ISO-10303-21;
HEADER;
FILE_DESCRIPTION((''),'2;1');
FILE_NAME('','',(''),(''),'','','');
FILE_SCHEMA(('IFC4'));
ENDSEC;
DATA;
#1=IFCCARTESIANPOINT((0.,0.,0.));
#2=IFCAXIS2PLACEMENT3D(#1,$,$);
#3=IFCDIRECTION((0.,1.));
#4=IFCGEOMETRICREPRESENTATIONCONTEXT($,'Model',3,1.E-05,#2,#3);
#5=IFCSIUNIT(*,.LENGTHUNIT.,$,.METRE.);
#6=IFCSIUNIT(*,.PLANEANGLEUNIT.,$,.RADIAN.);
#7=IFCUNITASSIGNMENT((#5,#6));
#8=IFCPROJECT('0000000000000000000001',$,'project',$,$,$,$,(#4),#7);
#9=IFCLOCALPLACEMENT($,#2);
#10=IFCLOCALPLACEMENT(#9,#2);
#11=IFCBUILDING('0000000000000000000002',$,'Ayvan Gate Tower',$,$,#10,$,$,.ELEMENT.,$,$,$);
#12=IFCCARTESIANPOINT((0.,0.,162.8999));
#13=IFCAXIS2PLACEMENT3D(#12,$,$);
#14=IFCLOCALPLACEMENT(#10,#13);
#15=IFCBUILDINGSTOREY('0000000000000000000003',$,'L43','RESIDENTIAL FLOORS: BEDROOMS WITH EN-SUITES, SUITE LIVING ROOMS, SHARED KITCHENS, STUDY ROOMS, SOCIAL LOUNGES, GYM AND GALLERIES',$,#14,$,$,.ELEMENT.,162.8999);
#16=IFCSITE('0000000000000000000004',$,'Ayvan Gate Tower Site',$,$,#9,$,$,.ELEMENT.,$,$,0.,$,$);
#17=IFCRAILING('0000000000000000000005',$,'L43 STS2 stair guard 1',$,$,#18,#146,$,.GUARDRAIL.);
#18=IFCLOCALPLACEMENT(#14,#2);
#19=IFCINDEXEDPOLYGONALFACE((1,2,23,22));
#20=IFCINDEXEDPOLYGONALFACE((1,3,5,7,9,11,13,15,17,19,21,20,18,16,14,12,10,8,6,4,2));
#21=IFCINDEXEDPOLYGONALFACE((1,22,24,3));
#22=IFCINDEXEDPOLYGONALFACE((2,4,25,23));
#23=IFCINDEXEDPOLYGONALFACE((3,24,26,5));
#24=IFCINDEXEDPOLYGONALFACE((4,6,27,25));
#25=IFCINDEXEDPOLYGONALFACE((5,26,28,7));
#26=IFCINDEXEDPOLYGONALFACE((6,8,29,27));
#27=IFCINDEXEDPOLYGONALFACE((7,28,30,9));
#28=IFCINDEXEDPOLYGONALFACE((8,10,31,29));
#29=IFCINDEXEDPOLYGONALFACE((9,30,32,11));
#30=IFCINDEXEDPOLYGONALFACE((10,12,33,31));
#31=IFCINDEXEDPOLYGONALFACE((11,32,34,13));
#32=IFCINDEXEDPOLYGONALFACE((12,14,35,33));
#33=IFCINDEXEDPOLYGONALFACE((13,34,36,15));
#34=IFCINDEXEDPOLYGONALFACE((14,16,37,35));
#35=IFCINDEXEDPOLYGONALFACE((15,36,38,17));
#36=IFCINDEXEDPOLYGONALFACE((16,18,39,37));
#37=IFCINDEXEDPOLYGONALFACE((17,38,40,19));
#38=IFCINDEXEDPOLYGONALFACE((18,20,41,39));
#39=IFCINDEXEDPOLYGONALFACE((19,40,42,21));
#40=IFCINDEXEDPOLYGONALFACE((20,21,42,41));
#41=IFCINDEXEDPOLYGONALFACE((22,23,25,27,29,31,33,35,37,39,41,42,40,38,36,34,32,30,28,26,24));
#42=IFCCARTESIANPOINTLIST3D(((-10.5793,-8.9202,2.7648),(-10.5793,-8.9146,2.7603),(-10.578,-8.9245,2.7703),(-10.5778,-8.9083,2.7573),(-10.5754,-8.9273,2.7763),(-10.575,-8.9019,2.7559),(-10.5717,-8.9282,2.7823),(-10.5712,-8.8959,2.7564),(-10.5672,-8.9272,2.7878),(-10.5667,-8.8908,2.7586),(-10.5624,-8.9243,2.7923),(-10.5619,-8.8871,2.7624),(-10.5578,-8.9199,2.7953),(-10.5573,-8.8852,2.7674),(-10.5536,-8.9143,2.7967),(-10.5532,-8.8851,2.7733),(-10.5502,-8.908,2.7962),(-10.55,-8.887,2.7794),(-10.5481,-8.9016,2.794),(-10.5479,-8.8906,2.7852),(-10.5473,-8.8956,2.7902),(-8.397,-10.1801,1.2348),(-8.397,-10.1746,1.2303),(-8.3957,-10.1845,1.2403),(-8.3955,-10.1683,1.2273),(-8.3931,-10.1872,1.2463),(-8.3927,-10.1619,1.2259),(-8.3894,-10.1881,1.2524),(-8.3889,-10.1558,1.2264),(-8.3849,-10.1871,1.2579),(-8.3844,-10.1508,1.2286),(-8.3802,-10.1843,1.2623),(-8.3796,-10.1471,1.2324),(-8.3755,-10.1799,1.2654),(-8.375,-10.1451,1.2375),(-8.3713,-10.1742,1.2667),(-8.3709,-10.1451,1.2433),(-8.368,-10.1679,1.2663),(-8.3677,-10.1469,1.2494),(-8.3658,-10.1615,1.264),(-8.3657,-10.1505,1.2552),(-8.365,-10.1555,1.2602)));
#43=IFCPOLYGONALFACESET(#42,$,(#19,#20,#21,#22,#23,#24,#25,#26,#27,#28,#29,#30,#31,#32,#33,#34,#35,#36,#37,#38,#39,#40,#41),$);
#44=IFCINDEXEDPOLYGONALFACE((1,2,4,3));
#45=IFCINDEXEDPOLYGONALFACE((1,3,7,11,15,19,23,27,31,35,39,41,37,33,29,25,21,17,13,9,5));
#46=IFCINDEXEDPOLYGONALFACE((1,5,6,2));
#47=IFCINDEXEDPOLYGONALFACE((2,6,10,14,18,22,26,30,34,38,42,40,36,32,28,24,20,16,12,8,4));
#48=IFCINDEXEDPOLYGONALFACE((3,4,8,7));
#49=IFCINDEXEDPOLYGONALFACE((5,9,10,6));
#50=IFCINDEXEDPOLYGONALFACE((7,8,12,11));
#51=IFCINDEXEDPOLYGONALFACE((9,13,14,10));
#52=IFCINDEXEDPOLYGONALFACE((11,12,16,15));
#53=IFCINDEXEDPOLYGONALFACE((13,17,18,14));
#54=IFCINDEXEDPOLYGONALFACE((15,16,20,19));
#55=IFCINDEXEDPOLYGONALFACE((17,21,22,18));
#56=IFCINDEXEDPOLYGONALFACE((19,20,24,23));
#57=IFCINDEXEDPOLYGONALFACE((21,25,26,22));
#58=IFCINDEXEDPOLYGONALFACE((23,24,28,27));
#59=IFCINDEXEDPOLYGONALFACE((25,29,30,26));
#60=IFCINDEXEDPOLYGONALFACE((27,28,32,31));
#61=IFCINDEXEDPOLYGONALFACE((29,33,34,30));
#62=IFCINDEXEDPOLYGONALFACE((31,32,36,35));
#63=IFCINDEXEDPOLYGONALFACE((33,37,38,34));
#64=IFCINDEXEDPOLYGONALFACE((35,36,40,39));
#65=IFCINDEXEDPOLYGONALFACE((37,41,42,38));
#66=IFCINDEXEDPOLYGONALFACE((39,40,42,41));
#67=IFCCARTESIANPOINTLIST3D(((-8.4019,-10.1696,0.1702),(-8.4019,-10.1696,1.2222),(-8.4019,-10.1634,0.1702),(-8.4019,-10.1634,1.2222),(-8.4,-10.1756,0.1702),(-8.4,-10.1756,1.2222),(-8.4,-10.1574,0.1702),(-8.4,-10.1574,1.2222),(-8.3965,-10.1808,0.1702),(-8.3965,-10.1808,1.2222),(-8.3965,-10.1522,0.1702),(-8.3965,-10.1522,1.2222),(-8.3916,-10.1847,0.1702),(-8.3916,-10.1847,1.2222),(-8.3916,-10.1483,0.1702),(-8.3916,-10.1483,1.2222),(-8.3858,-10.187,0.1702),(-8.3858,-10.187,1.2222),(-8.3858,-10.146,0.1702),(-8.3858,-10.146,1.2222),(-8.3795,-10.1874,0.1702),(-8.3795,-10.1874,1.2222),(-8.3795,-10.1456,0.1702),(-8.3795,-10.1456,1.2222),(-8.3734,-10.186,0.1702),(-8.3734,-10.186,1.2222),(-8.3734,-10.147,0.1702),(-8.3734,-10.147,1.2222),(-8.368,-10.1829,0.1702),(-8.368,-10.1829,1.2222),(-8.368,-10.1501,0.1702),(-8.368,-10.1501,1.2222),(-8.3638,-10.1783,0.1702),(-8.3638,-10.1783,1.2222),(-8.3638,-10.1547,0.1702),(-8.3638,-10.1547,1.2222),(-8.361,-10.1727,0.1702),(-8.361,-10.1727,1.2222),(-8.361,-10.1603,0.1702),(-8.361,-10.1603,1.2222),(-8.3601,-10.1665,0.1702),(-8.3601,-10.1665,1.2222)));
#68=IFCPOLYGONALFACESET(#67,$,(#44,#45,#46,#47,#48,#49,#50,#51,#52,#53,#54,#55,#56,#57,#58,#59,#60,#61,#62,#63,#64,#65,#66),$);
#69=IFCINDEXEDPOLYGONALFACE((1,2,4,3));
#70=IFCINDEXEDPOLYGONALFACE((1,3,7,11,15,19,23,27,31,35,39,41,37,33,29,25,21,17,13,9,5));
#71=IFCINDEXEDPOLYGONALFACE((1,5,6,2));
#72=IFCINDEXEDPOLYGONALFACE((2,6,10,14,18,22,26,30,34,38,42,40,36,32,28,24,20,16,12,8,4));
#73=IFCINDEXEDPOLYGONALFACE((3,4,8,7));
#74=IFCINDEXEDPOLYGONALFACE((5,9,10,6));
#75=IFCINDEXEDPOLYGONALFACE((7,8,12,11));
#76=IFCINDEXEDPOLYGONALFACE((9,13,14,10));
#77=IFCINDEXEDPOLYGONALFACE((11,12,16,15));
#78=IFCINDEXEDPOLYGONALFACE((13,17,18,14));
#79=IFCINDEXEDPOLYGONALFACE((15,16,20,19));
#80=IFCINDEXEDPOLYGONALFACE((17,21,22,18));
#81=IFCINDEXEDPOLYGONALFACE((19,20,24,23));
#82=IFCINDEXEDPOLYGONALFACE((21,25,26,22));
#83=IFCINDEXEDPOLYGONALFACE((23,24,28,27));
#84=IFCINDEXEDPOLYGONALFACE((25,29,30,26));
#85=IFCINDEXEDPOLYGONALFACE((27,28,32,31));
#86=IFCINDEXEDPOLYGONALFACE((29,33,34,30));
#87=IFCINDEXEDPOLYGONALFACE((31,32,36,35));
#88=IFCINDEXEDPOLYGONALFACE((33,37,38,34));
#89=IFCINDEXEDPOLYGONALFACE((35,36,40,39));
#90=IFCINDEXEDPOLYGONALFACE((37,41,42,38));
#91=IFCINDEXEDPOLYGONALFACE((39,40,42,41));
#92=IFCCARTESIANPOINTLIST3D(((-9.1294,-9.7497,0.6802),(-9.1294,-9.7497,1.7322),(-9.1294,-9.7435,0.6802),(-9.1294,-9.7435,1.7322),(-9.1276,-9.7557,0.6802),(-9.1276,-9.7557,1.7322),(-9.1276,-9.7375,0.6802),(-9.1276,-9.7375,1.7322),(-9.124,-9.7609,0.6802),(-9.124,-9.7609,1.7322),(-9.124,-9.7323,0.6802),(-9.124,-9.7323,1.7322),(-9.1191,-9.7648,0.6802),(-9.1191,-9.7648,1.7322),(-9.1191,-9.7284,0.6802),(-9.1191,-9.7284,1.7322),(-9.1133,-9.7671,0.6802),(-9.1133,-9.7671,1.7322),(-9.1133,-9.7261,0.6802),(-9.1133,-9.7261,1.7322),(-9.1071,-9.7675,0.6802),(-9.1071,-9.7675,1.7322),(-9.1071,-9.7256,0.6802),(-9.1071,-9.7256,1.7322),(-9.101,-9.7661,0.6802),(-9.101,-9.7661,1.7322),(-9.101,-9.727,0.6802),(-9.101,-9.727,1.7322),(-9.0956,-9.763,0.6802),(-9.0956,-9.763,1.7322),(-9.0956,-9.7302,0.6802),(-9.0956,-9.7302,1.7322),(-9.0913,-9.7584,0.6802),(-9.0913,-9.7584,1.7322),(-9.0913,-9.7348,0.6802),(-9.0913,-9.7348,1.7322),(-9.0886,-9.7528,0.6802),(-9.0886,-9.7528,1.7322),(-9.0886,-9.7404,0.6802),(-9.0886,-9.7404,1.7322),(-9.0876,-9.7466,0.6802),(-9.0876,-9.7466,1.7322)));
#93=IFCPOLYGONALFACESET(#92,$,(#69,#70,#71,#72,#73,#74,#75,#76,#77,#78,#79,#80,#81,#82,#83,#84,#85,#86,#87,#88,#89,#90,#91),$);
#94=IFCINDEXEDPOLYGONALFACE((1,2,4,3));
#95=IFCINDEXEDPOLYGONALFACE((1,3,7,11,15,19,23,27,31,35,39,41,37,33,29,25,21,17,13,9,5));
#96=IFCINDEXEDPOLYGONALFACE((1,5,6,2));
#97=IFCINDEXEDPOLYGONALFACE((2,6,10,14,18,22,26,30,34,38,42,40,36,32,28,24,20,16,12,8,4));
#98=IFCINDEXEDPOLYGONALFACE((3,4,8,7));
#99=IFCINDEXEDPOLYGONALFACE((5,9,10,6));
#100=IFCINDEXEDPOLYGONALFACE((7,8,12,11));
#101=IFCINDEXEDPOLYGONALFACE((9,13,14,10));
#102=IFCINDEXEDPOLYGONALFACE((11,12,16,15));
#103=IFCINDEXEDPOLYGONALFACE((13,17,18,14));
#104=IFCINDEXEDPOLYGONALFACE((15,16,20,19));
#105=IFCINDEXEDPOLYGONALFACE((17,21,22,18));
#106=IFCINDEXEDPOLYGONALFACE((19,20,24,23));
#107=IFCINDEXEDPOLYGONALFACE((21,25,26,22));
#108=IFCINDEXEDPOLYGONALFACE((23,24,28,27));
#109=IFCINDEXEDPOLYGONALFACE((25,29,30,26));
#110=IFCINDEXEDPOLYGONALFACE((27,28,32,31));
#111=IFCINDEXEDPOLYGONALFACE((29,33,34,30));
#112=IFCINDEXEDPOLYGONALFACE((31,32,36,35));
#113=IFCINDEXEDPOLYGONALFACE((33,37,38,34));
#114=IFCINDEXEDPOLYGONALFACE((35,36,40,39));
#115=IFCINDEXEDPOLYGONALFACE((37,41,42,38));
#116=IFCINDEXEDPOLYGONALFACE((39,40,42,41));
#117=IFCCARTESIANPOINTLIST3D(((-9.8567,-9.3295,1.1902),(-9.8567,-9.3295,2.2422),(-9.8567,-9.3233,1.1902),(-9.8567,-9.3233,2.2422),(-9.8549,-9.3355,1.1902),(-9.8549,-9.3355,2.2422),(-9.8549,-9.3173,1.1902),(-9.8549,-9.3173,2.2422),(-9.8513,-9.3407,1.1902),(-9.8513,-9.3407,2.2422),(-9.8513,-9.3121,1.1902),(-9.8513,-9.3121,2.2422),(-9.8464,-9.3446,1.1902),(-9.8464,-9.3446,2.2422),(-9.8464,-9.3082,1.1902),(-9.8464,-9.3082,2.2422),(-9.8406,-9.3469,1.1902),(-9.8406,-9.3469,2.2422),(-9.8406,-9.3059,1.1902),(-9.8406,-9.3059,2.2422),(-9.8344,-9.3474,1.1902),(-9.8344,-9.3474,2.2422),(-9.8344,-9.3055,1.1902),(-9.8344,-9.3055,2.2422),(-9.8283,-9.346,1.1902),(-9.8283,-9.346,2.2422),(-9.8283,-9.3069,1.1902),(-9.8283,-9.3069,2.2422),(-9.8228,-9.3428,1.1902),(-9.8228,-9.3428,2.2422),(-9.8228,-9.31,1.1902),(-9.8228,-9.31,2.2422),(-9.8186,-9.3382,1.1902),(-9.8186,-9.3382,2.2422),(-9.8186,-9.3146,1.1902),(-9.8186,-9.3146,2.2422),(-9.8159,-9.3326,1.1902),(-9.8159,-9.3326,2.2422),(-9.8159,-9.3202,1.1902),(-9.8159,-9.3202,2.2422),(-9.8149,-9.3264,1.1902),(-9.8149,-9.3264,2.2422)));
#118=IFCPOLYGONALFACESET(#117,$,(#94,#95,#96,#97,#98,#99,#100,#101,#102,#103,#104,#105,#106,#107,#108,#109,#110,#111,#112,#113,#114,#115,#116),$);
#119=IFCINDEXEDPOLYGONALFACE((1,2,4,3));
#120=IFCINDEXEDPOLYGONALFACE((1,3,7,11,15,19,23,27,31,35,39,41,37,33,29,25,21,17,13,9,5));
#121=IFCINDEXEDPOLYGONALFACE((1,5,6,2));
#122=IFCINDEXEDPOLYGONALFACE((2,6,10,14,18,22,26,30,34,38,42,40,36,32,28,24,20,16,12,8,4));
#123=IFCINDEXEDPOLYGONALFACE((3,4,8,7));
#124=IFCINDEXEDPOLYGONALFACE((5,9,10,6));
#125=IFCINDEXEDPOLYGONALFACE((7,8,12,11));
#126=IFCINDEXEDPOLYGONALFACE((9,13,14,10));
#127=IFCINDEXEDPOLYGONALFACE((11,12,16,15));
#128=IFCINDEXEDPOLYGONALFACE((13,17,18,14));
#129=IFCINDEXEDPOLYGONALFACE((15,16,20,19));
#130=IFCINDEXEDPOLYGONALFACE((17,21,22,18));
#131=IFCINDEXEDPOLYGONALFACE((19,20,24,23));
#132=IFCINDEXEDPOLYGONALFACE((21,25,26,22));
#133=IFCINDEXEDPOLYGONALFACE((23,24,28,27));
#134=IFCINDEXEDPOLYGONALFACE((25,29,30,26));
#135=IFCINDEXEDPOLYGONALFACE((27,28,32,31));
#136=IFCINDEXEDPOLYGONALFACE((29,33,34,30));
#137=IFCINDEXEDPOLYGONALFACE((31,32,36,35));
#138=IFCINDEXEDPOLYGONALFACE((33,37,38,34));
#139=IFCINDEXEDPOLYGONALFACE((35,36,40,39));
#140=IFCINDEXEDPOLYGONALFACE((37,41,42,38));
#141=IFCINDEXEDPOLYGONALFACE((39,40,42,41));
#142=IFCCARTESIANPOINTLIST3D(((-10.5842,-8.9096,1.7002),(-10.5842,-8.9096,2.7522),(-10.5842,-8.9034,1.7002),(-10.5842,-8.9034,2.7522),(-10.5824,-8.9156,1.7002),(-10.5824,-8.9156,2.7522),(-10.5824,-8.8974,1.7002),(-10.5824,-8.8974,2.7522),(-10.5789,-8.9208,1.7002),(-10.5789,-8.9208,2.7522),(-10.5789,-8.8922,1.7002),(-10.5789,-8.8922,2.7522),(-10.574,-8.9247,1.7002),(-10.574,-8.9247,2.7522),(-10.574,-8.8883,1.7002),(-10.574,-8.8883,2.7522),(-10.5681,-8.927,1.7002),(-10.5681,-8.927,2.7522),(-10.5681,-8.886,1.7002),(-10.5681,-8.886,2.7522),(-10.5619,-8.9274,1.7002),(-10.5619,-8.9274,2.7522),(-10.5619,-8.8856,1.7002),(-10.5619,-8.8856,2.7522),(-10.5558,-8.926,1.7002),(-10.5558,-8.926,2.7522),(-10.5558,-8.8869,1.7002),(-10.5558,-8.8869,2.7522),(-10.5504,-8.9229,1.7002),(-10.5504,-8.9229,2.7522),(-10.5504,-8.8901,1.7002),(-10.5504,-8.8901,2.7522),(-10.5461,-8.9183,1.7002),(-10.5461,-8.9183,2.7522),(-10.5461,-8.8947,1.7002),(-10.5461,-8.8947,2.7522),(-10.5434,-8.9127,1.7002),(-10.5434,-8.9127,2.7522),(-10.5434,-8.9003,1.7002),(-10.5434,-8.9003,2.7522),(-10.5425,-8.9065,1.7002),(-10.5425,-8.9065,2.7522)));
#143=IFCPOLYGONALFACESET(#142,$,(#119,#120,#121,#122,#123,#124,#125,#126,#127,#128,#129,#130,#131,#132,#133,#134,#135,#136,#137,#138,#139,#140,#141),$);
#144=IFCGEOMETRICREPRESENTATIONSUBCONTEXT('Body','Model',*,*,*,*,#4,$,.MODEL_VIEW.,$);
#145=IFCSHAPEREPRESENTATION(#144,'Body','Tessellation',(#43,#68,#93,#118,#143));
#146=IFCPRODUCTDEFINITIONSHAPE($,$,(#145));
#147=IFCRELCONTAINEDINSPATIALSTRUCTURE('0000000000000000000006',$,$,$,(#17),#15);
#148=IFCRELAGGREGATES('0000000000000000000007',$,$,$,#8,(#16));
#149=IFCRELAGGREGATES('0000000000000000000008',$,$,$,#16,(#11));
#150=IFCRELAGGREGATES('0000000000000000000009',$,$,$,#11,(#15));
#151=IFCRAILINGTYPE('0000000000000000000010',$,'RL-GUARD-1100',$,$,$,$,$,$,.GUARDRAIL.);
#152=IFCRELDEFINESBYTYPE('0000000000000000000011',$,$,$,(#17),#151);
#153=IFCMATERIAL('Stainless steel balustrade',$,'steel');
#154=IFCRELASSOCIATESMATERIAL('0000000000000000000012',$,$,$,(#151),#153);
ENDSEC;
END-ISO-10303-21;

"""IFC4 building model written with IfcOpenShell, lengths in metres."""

from ifc_helpers import new_model, si_unit, direction, frame, origin, origin_2d, place, context, subcontext, project, spatial, circle, extrude, material, type_object, element, save


model = new_model("IFC4")

# Units and contexts
model_context = context("Model", 3, precision=1e-05, world=origin(), true_north=direction((0.0, 1.0)))
body_context = subcontext(model_context, "Body", "Model", "MODEL_VIEW")
ifc_project = project(units=[si_unit("LENGTHUNIT", "METRE"), si_unit("PLANEANGLEUNIT", "RADIAN")], contexts=[model_context])

# Site, building, storey
site_placement = place(None, origin())
site = spatial("IfcSite", under=ifc_project, at=site_placement, Name="Ayvan Gate Tower Site", CompositionType="ELEMENT", RefElevation=0.0)
building_placement = place(site_placement, origin())
building = spatial("IfcBuilding", under=site, at=building_placement, Name="Ayvan Gate Tower", CompositionType="ELEMENT")
storey_placement = place(building_placement, frame((0.0, 0.0, 162.8999)))
storey = spatial("IfcBuildingStorey", under=building, at=storey_placement, Name="L43", Description="RESIDENTIAL FLOORS: BEDROOMS WITH EN-SUITES, SUITE LIVING ROOMS, SHARED KITCHENS, STUDY ROOMS, SOCIAL LOUNGES, GYM AND GALLERIES", CompositionType="ELEMENT", Elevation=162.8999)

# Railing
ifc_material_1 = material(Name="Stainless steel balustrade", Category="steel")
railing_type_1 = type_object("IfcRailingType", Name="RL-GUARD-1100", PredefinedType="GUARDRAIL", material=ifc_material_1)
railing_1_placement = place(storey_placement, frame((-8.3811, -10.1665, 0.1702)))
element("IfcRailing", 1, at=railing_1_placement, inside=storey, type_object=railing_type_1, Name="L43 STS2 stair guard 1", PredefinedType="GUARDRAIL", context=body_context, shape_type="SweptSolid", body=[
    extrude(circle(Radius=0.0239, at=origin_2d()), frame((0.0, 0.0, 1.0762), z_axis=(-0.740261, 0.427395, 0.518986), x_axis=(-0.500005, -0.866023, 0.0)), (0.0, 0.0, 1.0), 2.948),
    extrude(circle(Radius=0.021, at=origin_2d()), origin(), (0.0, 0.0, 1.0), 1.052),
    extrude(circle(Radius=0.021, at=origin_2d()), frame((-0.7275, 0.4199, 0.51)), (0.0, 0.0, 1.0), 1.052),
    extrude(circle(Radius=0.021, at=origin_2d()), frame((-1.4548, 0.8401, 1.02)), (0.0, 0.0, 1.0), 1.052),
    extrude(circle(Radius=0.021, at=origin_2d()), frame((-2.1824, 1.26, 1.53)), (0.0, 0.0, 1.0), 1.052),
])

save(model, "model.ifc")
